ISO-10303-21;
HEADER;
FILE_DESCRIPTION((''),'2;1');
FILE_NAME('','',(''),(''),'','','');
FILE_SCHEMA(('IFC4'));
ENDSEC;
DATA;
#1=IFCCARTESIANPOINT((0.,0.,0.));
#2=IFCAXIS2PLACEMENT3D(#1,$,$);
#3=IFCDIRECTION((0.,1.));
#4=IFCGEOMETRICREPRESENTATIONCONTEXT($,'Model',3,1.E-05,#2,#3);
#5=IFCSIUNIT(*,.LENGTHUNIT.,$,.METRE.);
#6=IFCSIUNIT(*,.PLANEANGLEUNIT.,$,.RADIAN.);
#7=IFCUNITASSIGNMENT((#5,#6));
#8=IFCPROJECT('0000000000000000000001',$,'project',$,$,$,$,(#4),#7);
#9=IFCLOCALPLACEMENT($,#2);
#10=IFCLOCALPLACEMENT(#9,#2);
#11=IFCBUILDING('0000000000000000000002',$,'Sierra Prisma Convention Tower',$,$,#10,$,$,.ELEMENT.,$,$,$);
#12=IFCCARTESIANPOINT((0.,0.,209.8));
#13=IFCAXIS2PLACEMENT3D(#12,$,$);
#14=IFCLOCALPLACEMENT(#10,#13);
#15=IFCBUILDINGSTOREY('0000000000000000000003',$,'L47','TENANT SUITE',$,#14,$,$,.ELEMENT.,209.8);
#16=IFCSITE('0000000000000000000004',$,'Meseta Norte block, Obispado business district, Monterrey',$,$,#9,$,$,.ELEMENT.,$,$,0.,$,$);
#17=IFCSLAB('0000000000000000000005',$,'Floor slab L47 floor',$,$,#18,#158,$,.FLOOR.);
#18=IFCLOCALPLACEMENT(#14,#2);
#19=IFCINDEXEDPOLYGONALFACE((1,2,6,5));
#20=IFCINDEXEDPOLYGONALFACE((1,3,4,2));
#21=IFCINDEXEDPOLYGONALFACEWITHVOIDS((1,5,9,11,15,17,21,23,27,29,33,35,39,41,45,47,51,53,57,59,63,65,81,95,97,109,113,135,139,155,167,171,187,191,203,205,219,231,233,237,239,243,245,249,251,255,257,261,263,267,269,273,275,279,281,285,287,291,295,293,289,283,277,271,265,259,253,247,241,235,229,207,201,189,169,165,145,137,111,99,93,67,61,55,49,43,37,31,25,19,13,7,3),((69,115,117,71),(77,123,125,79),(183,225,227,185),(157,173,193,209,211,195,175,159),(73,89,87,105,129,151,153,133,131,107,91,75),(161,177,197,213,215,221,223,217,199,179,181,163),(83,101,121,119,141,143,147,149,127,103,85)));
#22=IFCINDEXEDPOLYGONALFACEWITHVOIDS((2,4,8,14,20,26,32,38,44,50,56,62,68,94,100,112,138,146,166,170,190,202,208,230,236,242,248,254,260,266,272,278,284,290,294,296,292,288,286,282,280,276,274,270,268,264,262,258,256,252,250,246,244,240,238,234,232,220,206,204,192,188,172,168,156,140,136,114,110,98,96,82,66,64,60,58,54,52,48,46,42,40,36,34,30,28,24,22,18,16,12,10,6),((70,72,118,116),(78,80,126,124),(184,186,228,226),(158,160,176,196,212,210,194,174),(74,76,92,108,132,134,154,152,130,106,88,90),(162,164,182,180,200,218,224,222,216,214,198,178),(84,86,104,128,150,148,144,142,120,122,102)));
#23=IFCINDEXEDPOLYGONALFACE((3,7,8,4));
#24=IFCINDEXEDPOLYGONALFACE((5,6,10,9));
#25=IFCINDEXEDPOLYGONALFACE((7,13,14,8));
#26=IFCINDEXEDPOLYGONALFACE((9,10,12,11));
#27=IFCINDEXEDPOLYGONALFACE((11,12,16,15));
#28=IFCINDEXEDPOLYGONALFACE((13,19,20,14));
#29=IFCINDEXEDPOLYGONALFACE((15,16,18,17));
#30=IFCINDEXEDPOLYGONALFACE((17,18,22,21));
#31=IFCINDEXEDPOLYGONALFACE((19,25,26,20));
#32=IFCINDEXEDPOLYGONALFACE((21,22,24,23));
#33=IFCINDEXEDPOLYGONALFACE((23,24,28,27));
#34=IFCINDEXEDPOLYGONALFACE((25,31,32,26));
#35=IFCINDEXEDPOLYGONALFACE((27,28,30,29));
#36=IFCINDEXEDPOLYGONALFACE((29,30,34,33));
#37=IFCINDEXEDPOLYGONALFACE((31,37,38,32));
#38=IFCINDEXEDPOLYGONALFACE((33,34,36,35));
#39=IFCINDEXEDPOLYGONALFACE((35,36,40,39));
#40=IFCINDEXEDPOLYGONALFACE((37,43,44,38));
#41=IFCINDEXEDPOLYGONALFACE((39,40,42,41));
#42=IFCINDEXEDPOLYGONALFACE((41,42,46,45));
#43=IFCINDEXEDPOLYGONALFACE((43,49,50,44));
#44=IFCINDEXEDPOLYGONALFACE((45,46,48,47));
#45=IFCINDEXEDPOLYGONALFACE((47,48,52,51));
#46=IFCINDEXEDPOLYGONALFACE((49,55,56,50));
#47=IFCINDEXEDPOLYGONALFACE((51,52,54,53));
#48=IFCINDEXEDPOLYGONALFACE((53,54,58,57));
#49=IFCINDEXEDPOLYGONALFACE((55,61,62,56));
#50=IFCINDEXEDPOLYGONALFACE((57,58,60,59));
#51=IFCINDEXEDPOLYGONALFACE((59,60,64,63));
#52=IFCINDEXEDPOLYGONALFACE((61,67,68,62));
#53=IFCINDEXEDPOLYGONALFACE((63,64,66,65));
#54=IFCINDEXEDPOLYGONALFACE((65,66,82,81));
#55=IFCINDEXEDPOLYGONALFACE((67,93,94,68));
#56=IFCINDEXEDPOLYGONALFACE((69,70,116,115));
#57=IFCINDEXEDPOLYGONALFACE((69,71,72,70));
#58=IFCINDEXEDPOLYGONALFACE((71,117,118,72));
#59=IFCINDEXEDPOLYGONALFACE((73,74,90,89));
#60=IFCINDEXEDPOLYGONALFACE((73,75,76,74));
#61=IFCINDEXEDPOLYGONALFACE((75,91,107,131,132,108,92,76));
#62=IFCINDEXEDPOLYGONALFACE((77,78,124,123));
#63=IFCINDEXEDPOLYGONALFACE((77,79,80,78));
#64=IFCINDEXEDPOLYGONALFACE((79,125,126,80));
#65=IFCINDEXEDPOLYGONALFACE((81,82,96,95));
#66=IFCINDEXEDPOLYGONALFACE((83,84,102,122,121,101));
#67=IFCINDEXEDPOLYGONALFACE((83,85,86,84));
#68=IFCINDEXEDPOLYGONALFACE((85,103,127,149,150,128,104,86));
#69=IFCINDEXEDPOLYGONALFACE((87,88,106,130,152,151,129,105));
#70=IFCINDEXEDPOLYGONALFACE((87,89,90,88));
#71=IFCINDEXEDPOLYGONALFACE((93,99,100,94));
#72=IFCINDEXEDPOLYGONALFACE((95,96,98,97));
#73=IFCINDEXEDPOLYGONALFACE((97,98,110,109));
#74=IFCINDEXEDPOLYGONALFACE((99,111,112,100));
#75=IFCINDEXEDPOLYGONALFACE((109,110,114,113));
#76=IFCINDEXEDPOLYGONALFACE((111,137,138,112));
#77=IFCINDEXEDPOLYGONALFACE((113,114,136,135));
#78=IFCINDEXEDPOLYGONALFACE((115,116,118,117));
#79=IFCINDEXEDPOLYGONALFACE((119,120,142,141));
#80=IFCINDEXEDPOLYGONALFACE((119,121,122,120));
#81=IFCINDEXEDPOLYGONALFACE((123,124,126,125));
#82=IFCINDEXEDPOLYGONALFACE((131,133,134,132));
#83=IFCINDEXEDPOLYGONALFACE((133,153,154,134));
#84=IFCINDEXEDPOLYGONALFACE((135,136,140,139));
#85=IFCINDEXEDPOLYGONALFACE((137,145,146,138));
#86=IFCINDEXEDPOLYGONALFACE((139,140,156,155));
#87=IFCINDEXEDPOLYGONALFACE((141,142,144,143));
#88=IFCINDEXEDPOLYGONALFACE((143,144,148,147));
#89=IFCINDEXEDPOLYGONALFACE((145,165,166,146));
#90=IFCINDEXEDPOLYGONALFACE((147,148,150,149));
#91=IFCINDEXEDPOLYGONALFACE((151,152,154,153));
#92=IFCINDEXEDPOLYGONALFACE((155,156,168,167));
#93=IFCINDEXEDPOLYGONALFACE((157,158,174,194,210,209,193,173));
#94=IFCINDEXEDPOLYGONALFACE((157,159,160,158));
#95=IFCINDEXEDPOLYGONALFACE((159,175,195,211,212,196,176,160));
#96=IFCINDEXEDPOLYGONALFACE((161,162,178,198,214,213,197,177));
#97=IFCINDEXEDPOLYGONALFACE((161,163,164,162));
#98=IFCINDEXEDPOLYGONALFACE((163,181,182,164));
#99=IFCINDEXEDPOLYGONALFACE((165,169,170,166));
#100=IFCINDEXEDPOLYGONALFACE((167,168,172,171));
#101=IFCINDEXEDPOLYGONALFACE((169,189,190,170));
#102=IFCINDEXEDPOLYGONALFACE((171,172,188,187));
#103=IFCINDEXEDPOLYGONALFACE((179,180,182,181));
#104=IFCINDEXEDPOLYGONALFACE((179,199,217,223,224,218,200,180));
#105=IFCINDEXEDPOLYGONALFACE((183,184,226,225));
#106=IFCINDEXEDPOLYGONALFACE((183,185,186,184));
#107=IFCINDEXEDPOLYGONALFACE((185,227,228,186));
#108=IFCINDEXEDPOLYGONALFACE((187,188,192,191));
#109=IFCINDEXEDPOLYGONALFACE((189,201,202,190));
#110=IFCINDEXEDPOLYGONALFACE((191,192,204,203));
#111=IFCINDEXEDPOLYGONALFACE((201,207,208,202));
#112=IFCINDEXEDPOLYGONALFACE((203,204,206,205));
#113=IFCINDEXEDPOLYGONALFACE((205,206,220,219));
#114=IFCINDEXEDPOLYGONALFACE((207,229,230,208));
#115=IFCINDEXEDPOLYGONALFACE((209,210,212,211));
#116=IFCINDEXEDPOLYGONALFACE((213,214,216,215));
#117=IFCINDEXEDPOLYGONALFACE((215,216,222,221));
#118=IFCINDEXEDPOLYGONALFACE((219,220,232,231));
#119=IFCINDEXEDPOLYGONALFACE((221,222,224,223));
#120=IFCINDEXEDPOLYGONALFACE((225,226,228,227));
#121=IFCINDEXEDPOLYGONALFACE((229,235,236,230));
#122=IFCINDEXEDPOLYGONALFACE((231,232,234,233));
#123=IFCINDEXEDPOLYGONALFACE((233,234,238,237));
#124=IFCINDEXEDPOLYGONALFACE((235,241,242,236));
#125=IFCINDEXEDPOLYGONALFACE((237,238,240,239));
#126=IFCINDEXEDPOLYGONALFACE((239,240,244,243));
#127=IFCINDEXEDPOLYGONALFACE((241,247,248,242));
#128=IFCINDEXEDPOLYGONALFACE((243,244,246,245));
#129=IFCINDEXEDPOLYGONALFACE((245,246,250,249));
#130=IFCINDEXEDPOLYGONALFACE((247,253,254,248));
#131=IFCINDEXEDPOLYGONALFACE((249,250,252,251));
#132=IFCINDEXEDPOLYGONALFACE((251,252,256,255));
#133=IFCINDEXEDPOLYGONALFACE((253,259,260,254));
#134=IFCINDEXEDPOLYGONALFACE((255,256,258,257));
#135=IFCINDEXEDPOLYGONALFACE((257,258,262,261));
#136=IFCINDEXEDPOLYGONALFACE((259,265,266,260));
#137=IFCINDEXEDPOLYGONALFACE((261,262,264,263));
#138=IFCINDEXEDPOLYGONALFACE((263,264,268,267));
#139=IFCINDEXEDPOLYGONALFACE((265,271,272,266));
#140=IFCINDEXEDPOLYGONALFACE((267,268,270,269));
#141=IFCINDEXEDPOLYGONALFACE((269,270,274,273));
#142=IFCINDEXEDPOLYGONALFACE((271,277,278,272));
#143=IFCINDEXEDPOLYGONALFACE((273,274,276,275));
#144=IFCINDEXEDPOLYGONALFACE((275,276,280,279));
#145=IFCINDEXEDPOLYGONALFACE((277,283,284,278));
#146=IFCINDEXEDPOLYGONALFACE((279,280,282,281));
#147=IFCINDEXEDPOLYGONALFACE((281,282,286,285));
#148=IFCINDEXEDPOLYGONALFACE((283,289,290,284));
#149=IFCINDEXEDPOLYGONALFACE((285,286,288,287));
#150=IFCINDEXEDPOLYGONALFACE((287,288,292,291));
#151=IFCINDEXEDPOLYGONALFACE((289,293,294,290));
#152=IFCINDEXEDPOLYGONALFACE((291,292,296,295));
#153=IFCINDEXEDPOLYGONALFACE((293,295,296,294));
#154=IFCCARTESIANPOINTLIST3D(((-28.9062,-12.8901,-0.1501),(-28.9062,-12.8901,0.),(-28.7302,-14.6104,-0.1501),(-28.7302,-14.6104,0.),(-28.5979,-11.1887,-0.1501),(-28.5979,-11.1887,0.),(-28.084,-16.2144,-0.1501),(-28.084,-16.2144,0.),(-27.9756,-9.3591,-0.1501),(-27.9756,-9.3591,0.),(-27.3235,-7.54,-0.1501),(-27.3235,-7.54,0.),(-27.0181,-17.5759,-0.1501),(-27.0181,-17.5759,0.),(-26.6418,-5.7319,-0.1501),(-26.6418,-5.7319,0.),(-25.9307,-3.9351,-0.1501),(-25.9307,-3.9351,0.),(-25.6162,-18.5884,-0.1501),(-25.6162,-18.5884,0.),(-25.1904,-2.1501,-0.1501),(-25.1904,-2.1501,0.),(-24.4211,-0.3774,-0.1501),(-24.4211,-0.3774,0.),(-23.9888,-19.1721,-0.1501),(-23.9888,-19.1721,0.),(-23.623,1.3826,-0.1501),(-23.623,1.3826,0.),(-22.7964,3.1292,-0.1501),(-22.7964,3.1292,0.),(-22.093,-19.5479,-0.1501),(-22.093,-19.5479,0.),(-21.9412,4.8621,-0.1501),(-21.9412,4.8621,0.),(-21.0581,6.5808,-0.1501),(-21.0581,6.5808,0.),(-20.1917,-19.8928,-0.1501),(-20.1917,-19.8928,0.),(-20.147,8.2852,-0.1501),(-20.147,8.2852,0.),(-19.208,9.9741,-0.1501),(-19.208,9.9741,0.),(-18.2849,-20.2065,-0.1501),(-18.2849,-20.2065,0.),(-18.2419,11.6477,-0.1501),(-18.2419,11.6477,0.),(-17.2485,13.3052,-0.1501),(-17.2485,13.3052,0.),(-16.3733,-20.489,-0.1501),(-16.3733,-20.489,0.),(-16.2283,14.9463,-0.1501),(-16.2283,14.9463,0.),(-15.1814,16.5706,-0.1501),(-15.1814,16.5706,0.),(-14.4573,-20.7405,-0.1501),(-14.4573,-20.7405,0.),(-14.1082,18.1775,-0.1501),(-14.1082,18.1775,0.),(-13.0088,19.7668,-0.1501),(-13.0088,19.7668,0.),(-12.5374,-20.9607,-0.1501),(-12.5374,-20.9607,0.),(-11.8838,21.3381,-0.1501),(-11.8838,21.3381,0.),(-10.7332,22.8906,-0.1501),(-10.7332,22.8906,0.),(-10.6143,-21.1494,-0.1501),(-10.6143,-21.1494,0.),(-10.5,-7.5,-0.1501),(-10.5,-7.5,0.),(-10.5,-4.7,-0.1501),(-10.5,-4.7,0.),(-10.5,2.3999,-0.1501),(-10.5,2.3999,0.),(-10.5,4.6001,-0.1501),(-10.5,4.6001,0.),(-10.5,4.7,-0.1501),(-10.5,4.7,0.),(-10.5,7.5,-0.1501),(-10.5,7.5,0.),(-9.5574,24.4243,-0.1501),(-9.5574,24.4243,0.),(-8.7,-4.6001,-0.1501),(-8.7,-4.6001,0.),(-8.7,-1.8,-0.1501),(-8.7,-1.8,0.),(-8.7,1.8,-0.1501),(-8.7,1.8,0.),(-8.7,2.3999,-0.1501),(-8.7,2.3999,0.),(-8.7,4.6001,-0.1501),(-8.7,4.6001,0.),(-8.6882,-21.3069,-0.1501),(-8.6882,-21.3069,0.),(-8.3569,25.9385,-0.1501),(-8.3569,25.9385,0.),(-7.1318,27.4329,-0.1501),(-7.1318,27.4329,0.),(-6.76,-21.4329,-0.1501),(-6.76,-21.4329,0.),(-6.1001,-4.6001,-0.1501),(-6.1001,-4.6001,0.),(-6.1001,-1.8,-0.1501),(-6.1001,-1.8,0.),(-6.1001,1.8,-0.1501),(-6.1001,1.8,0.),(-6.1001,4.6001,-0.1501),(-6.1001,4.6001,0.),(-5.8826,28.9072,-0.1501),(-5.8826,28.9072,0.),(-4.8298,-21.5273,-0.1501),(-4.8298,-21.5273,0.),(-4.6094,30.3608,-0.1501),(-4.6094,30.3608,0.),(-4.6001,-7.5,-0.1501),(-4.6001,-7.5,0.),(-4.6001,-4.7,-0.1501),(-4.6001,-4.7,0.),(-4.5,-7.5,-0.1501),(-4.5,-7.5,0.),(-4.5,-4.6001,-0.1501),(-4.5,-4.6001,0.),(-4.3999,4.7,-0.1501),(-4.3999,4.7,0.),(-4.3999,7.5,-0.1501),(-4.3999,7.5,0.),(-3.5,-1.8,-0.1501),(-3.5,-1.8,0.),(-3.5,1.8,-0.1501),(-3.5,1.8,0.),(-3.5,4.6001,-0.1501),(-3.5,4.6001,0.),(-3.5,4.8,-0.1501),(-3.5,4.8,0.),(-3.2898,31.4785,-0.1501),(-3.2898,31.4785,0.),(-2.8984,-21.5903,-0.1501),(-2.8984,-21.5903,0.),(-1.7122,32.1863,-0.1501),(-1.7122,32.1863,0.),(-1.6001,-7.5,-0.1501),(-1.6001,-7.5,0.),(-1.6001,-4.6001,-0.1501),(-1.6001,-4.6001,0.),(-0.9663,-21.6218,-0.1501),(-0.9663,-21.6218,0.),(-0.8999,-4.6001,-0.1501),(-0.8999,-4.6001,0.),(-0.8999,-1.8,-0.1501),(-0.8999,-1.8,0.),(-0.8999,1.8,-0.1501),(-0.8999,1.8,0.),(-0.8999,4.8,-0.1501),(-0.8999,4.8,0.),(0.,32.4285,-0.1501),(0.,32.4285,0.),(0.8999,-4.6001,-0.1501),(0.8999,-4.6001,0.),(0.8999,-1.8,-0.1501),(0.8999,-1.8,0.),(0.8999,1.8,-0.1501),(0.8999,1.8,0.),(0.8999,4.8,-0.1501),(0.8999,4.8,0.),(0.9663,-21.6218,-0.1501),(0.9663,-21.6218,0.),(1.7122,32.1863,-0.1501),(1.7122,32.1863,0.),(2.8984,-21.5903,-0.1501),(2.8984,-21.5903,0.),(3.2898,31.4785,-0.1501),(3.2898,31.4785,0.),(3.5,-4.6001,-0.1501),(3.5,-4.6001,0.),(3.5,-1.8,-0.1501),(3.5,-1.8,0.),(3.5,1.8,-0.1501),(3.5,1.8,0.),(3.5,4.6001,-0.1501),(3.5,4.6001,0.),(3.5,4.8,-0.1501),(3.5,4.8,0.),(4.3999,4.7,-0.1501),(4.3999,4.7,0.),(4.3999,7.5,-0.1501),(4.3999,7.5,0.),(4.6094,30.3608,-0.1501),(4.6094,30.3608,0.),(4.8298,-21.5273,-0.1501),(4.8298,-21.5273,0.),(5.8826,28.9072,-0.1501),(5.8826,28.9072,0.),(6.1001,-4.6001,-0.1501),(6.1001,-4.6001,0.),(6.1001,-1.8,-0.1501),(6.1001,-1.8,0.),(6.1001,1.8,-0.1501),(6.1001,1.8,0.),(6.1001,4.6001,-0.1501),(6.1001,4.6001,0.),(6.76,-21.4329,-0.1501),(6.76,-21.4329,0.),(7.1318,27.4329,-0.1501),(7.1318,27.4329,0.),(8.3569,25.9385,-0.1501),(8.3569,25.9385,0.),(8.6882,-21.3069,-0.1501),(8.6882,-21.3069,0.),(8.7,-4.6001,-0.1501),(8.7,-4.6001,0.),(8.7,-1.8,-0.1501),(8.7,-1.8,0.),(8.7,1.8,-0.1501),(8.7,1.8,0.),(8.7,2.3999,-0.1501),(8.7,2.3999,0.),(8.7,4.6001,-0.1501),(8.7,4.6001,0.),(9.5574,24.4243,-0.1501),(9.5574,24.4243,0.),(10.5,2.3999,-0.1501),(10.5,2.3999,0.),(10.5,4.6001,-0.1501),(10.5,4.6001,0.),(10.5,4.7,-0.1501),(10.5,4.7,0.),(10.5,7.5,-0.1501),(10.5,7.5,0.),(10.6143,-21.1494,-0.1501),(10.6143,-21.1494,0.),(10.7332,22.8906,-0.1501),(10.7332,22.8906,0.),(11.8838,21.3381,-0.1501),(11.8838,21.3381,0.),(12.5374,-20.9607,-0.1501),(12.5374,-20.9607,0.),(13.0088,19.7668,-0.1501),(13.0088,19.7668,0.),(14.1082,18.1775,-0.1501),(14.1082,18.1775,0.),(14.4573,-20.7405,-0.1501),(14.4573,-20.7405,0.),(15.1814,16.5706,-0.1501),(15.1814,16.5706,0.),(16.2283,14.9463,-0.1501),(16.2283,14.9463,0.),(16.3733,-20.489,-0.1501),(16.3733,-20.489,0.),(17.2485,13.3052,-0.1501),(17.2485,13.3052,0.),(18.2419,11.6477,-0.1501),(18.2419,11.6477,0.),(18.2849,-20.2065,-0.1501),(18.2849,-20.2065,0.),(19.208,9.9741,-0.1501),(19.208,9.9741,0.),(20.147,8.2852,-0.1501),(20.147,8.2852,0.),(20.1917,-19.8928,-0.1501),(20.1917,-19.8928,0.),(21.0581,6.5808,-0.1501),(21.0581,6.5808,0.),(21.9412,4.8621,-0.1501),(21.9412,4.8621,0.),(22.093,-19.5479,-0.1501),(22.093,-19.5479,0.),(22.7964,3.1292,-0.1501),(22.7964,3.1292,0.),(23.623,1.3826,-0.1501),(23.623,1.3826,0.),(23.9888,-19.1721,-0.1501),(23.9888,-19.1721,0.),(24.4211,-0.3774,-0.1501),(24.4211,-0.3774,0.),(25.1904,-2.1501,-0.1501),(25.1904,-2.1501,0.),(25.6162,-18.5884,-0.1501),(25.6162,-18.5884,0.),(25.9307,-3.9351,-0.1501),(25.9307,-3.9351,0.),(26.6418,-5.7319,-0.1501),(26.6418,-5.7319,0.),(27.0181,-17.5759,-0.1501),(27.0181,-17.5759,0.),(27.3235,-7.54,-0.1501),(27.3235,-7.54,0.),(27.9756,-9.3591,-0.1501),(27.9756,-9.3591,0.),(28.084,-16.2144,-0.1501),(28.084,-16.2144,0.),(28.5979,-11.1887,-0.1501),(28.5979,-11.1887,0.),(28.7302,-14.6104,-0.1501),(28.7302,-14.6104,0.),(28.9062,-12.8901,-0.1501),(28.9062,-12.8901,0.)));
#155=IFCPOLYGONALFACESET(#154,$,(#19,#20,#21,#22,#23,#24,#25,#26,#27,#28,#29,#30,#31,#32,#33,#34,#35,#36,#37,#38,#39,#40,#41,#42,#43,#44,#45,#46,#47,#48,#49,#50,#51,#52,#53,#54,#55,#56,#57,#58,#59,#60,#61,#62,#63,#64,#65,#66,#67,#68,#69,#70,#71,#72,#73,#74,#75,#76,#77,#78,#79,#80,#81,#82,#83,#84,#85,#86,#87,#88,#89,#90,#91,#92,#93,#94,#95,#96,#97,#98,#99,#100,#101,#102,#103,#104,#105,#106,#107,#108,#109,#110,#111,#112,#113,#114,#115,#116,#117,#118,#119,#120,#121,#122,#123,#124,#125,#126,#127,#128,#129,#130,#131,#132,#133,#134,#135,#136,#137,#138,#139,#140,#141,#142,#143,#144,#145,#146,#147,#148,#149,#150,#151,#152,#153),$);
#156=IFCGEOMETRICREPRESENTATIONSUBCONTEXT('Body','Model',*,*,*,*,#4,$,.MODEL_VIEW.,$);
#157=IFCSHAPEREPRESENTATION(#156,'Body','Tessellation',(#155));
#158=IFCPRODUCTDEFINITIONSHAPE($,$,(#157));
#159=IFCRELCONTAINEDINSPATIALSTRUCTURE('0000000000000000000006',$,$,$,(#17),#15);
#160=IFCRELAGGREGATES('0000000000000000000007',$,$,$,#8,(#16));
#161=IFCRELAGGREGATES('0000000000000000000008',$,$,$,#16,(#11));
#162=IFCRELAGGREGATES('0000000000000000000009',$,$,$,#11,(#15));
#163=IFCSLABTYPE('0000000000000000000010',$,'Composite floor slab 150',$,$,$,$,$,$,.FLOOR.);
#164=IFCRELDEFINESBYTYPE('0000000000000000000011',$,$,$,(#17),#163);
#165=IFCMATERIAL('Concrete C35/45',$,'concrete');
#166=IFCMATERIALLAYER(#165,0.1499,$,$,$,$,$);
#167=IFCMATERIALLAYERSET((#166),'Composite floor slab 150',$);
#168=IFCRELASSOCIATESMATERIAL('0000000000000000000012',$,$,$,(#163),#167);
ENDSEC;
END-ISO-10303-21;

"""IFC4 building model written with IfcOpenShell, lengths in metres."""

from ifc_helpers import new_model, si_unit, direction, frame, origin, place, context, subcontext, project, spatial, polyline, outline, extrude, material, layer, layer_set, type_object, element, save


model = new_model("IFC4")

# Units and contexts
model_context = context("Model", 3, precision=1e-05, world=origin(), true_north=direction((0.0, 1.0)))
body_context = subcontext(model_context, "Body", "Model", "MODEL_VIEW")
ifc_project = project(units=[si_unit("LENGTHUNIT", "METRE"), si_unit("PLANEANGLEUNIT", "RADIAN")], contexts=[model_context])

# Site, building, storey
site_placement = place(None, origin())
site = spatial("IfcSite", under=ifc_project, at=site_placement, Name="Meseta Norte block, Obispado business district, Monterrey", CompositionType="ELEMENT", RefElevation=0.0)
building_placement = place(site_placement, origin())
building = spatial("IfcBuilding", under=site, at=building_placement, Name="Sierra Prisma Convention Tower", CompositionType="ELEMENT")
storey_placement = place(building_placement, frame((0.0, 0.0, 209.8)))
storey = spatial("IfcBuildingStorey", under=building, at=storey_placement, Name="L47", Description="TENANT SUITE", CompositionType="ELEMENT", Elevation=209.8)

# Slab
ifc_material_1 = material(Name="Concrete C35/45", Category="concrete")
ifc_layer_1 = layer(ifc_material_1, 0.1499)
ifc_layer_set_1 = layer_set([ifc_layer_1], Name="Composite floor slab 150")
slab_type = type_object("IfcSlabType", Name="Composite floor slab 150", PredefinedType="FLOOR", material=ifc_layer_set_1)
slab_placement = place(storey_placement, frame((0.0, 0.0, -0.1501)))
element("IfcSlab", 1, at=slab_placement, inside=storey, type_object=slab_type, Name="Floor slab L47 floor", PredefinedType="FLOOR", context=body_context, shape_type="SweptSolid", body=[
    extrude(outline(polyline([(-23.9888, -19.1721), (-22.093, -19.5479), (-20.1917, -19.8928), (-18.2849, -20.2065), (-16.3733, -20.489), (-14.4573, -20.7405), (-12.5374, -20.9607), (-10.6143, -21.1494), (-8.6882, -21.3069), (-6.76, -21.4329), (-4.8298, -21.5273), (-2.8984, -21.5903), (-0.9663, -21.6218), (0.9663, -21.6218), (2.8984, -21.5903), (4.8298, -21.5273), (6.76, -21.4329), (8.6882, -21.3069), (10.6143, -21.1494), (12.5374, -20.9607), (14.4573, -20.7405), (16.3733, -20.489), (18.2849, -20.2065), (20.1917, -19.8928), (22.093, -19.5479), (23.9888, -19.1721), (25.6162, -18.5884), (27.0181, -17.5759), (28.084, -16.2144), (28.7302, -14.6104), (28.9062, -12.8901), (28.5979, -11.1887), (27.9756, -9.3591), (27.3235, -7.54), (26.6418, -5.7319), (25.9307, -3.9351), (25.1904, -2.1501), (24.4211, -0.3774), (23.623, 1.3826), (22.7964, 3.1292), (21.9412, 4.8621), (21.0581, 6.5808), (20.147, 8.2852), (19.208, 9.9741), (18.2419, 11.6477), (17.2485, 13.3052), (16.2283, 14.9463), (15.1814, 16.5706), (14.1082, 18.1775), (13.0088, 19.7668), (11.8838, 21.3381), (10.7332, 22.8906), (9.5574, 24.4243), (8.3569, 25.9385), (7.1318, 27.4329), (5.8826, 28.9072), (4.6094, 30.3608), (3.2898, 31.4785), (1.7122, 32.1863), (0.0, 32.4285), (-1.7122, 32.1863), (-3.2898, 31.4785), (-4.6094, 30.3608), (-5.8826, 28.9072), (-7.1318, 27.4329), (-8.3569, 25.9385), (-9.5574, 24.4243), (-10.7332, 22.8906), (-11.8838, 21.3381), (-13.0088, 19.7668), (-14.1082, 18.1775), (-15.1814, 16.5706), (-16.2283, 14.9463), (-17.2485, 13.3052), (-18.2419, 11.6477), (-19.208, 9.9741), (-20.147, 8.2852), (-21.0581, 6.5808), (-21.9412, 4.8621), (-22.7964, 3.1292), (-23.623, 1.3826), (-24.4211, -0.3774), (-25.1904, -2.1501), (-25.9307, -3.9351), (-26.6418, -5.7319), (-27.3235, -7.54), (-27.9756, -9.3591), (-28.5979, -11.1887), (-28.9062, -12.8901), (-28.7302, -14.6104), (-28.084, -16.2144), (-27.0181, -17.5759), (-25.6162, -18.5884), (-23.9888, -19.1721)]), holes=[polyline([(-4.6001, -7.5), (-10.5, -7.5), (-10.5, -4.7), (-4.6001, -4.7), (-4.6001, -7.5)]), polyline([(-8.7, -4.6001), (-8.7, -1.8), (-6.1001, -1.8), (-3.5, -1.8), (-0.8999, -1.8), (-0.8999, -4.6001), (-1.6001, -4.6001), (-1.6001, -7.5), (-4.5, -7.5), (-4.5, -4.6001), (-6.1001, -4.6001), (-8.7, -4.6001)]), polyline([(-10.5, 4.6001), (-8.7, 4.6001), (-6.1001, 4.6001), (-3.5, 4.6001), (-3.5, 4.8), (-0.8999, 4.8), (-0.8999, 1.8), (-3.5, 1.8), (-6.1001, 1.8), (-8.7, 1.8), (-8.7, 2.3999), (-10.5, 2.3999), (-10.5, 4.6001)]), polyline([(-10.5, 4.7), (-10.5, 7.5), (-4.3999, 7.5), (-4.3999, 4.7), (-10.5, 4.7)]), polyline([(6.1001, -1.8), (8.7, -1.8), (8.7, -4.6001), (6.1001, -4.6001), (3.5, -4.6001), (0.8999, -4.6001), (0.8999, -1.8), (3.5, -1.8), (6.1001, -1.8)]), polyline([(8.7, 4.6001), (10.5, 4.6001), (10.5, 2.3999), (8.7, 2.3999), (8.7, 1.8), (6.1001, 1.8), (3.5, 1.8), (0.8999, 1.8), (0.8999, 4.8), (3.5, 4.8), (3.5, 4.6001), (6.1001, 4.6001), (8.7, 4.6001)]), polyline([(4.3999, 4.7), (4.3999, 7.5), (10.5, 7.5), (10.5, 4.7), (4.3999, 4.7)])]), origin(), (0.0, 0.0, 1.0), 0.1501),
])

save(model, "model.ifc")
